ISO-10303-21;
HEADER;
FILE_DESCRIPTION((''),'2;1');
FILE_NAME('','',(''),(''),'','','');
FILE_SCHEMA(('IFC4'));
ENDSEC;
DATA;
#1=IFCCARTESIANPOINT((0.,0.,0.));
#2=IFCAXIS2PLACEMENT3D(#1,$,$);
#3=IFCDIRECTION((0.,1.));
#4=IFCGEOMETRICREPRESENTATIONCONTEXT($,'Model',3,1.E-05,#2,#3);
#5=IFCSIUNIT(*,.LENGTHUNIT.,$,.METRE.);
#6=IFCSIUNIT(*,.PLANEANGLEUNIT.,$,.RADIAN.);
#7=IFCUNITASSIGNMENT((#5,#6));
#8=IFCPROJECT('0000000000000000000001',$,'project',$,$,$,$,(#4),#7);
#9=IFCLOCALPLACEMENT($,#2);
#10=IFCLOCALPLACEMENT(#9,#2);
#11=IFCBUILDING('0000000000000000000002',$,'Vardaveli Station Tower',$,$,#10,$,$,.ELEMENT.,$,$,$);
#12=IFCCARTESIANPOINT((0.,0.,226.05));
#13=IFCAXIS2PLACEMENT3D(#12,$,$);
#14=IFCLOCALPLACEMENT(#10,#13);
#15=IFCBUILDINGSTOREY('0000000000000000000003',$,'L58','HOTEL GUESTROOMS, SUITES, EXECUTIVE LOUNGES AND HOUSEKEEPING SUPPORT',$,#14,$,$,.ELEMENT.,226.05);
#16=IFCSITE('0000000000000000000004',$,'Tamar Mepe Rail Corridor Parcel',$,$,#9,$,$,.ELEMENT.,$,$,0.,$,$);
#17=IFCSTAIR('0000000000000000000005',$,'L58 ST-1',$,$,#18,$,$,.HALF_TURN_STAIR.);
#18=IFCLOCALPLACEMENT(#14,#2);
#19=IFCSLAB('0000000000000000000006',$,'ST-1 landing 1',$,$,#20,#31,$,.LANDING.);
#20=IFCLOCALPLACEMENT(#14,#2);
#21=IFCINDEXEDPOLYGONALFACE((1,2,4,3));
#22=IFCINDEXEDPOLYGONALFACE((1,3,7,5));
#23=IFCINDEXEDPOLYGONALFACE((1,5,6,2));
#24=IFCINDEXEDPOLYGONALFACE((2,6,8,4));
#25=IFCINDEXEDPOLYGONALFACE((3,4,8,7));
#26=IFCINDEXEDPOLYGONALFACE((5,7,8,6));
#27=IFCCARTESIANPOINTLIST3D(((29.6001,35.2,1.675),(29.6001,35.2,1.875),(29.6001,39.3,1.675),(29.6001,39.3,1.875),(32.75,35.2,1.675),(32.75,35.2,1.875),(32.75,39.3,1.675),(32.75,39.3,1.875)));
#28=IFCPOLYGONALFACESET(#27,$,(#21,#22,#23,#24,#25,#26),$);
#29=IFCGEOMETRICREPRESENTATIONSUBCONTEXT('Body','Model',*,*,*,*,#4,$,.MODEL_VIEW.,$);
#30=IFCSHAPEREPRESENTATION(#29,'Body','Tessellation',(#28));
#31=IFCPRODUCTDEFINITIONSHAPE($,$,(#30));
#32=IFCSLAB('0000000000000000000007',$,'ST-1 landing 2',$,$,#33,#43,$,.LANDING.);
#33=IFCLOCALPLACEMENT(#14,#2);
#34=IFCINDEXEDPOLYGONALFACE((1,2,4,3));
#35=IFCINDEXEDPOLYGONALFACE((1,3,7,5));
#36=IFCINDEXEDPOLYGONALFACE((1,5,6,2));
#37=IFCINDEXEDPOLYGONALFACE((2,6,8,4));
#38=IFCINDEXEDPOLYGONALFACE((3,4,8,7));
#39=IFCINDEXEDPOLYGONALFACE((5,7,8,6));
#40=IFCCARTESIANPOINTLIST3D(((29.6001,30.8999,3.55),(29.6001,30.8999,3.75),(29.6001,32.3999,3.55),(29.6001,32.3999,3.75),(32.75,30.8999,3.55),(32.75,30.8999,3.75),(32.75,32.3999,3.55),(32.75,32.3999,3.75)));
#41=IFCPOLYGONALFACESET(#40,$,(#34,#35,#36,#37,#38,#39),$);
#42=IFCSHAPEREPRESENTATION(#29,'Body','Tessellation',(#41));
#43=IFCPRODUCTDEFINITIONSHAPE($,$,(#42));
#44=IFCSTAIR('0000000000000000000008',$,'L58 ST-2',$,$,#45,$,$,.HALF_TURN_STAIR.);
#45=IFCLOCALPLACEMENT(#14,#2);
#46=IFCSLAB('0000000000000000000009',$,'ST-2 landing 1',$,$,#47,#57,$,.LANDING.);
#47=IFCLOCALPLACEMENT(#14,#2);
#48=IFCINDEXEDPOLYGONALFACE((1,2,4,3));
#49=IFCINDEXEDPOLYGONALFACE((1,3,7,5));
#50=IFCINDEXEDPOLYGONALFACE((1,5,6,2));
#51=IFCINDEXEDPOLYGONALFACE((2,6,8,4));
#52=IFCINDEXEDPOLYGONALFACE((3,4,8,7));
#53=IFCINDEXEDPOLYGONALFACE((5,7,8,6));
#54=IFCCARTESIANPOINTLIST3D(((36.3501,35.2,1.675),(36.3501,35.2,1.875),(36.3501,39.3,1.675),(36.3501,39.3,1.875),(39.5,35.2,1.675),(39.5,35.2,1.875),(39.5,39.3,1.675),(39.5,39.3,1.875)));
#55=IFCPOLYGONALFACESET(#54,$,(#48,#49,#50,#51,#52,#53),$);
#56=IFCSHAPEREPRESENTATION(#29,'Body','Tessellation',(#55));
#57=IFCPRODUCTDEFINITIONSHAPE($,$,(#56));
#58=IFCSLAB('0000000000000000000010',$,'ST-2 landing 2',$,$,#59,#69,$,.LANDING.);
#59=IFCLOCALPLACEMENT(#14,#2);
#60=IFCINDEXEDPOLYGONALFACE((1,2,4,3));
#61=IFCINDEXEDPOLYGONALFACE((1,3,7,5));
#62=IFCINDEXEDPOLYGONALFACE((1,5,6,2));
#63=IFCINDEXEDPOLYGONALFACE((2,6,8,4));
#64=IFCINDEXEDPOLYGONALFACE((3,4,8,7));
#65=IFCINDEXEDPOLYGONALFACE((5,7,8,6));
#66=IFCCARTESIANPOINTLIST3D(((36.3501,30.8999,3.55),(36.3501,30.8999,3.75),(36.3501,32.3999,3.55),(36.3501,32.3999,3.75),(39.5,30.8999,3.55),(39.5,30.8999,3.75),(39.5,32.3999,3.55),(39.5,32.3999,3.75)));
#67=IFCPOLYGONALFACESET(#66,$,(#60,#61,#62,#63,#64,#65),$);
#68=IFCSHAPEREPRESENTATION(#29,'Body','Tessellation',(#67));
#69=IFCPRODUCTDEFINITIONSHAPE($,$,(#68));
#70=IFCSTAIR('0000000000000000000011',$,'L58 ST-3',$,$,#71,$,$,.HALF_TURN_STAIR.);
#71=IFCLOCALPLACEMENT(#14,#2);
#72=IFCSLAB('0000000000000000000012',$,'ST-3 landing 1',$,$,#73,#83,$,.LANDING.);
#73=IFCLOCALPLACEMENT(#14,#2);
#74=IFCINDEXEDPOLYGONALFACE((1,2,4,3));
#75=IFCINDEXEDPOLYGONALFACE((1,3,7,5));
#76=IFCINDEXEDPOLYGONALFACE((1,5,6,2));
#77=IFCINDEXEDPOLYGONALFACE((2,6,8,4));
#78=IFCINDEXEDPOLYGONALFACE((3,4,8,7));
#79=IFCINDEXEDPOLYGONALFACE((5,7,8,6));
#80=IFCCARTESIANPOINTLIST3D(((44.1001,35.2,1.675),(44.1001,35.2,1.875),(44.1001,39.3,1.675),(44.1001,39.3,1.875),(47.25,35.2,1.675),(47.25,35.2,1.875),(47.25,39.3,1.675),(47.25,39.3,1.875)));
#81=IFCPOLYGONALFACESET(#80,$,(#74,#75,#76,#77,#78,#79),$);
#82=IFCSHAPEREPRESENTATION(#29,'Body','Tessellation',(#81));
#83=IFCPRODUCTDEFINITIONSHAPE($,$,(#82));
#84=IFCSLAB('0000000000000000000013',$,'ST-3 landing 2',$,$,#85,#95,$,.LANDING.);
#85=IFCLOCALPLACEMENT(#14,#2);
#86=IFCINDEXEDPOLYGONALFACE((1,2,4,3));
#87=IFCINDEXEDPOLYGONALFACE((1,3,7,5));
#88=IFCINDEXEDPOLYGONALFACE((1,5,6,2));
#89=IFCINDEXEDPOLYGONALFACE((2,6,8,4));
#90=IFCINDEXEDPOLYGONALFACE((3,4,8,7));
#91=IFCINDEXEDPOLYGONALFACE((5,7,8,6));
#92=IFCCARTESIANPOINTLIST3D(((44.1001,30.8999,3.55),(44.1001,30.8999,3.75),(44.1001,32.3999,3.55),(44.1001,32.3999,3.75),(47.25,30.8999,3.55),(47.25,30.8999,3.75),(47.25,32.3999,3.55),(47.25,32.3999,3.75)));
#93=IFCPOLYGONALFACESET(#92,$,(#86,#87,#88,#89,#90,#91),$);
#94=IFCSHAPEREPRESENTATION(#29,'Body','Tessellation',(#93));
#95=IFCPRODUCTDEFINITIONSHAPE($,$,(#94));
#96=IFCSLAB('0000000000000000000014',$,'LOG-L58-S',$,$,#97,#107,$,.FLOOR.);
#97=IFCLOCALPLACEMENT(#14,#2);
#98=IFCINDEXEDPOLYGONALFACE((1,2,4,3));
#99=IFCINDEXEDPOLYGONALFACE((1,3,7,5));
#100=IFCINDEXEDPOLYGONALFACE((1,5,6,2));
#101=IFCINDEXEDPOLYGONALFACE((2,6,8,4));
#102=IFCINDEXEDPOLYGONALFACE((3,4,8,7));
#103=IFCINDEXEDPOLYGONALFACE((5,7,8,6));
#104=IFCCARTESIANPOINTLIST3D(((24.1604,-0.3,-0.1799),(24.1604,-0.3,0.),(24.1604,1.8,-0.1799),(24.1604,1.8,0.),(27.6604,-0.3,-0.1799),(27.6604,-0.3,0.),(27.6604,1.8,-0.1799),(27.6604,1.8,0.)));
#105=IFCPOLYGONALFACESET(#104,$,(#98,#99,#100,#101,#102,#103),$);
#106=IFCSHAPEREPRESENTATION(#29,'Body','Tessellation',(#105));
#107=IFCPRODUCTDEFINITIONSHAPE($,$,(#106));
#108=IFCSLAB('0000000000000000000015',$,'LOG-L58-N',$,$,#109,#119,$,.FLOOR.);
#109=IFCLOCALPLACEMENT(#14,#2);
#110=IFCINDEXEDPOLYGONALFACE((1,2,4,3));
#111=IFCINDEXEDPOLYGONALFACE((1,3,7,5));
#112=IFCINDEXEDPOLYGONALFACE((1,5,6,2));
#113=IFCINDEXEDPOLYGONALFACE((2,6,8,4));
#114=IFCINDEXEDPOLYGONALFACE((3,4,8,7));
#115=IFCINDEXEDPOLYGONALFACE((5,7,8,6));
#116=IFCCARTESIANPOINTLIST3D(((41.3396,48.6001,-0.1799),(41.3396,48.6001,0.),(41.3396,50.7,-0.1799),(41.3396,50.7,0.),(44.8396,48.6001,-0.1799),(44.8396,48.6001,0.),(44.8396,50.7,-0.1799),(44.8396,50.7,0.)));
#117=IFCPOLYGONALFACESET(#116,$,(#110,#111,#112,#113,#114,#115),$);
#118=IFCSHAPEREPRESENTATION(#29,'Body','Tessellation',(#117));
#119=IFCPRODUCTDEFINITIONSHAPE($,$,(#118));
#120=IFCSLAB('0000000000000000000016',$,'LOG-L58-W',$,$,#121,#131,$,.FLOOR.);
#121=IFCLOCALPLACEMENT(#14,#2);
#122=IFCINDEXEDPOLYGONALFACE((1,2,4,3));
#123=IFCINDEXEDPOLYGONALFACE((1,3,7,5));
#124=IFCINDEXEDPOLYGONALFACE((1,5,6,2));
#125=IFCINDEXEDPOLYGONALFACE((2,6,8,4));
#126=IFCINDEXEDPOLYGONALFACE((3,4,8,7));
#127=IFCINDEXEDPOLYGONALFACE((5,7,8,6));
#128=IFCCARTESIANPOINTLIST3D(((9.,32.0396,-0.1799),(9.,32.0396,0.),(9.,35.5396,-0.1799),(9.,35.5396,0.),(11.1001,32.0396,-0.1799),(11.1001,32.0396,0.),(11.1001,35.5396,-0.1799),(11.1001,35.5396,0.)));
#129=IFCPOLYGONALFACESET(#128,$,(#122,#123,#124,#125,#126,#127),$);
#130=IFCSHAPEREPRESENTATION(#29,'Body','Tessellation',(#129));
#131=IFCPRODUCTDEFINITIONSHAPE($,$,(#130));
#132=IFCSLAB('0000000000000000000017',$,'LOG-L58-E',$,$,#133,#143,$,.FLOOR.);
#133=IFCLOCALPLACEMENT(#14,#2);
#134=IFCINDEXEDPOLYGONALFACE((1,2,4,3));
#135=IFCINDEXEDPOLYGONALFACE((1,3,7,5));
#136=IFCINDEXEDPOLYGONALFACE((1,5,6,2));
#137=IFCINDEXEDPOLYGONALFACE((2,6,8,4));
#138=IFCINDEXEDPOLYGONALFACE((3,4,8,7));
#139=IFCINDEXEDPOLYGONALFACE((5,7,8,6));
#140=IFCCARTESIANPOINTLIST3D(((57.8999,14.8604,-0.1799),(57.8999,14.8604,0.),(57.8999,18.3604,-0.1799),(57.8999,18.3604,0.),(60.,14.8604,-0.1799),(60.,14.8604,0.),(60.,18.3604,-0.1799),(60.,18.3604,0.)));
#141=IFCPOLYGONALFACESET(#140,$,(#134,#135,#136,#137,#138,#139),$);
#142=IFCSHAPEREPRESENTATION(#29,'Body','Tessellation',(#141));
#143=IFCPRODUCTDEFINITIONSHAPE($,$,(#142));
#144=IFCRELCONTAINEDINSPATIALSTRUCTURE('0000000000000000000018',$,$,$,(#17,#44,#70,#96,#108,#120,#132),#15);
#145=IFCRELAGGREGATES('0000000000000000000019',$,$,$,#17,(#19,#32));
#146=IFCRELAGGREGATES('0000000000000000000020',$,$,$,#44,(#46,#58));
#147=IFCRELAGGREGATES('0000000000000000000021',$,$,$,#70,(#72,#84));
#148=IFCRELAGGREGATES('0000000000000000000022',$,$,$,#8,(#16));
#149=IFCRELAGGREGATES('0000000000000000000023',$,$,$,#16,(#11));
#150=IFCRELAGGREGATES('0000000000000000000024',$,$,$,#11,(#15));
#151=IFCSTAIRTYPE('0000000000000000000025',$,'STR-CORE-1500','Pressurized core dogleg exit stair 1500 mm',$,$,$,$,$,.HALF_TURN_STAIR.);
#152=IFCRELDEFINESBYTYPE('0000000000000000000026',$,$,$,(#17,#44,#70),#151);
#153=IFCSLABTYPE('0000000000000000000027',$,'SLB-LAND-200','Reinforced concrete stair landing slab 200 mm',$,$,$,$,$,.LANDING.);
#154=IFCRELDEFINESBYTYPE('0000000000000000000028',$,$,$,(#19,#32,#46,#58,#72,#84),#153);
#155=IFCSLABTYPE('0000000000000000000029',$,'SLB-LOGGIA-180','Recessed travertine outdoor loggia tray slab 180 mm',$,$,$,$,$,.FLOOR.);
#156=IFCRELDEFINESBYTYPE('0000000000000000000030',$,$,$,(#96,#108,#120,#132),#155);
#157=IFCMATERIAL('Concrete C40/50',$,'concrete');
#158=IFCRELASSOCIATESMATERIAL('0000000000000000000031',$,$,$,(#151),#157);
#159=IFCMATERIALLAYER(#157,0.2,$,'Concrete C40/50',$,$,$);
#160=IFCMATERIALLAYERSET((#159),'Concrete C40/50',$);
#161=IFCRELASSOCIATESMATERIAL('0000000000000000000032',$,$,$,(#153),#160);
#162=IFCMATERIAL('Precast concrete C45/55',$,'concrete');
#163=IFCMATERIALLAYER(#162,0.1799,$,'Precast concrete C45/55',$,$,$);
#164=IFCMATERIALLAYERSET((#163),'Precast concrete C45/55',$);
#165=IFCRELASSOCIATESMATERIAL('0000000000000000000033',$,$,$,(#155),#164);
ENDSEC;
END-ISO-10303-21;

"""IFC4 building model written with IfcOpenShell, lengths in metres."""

from ifc_helpers import new_model, si_unit, direction, frame, origin, place, context, subcontext, project, spatial, polyline, outline, extrude, material, layer, layer_set, type_object, element, aggregate, save


model = new_model("IFC4")

# Units and contexts
model_context = context("Model", 3, precision=1e-05, world=origin(), true_north=direction((0.0, 1.0)))
body_context = subcontext(model_context, "Body", "Model", "MODEL_VIEW")
ifc_project = project(units=[si_unit("LENGTHUNIT", "METRE"), si_unit("PLANEANGLEUNIT", "RADIAN")], contexts=[model_context])

# Site, building, storey
site_placement = place(None, origin())
site = spatial("IfcSite", under=ifc_project, at=site_placement, Name="Tamar Mepe Rail Corridor Parcel", CompositionType="ELEMENT", RefElevation=0.0)
building_placement = place(site_placement, origin())
building = spatial("IfcBuilding", under=site, at=building_placement, Name="Vardaveli Station Tower", CompositionType="ELEMENT")
storey_placement = place(building_placement, frame((0.0, 0.0, 226.05)))
storey = spatial("IfcBuildingStorey", under=building, at=storey_placement, Name="L58", Description="HOTEL GUESTROOMS, SUITES, EXECUTIVE LOUNGES AND HOUSEKEEPING SUPPORT", CompositionType="ELEMENT", Elevation=226.05)

# Stairs, slabs
ifc_material_1 = material(Name="Concrete C40/50", Category="concrete")
stair_type = type_object("IfcStairType", Name="STR-CORE-1500", Description="Pressurized core dogleg exit stair 1500 mm", PredefinedType="HALF_TURN_STAIR", material=ifc_material_1)
stair_1_placement = place(storey_placement, origin())
stair_1 = element("IfcStair", 1, at=stair_1_placement, inside=storey, type_object=stair_type, Name="L58 ST-1", PredefinedType="HALF_TURN_STAIR")
ifc_layer_1 = layer(ifc_material_1, 0.2, Name="Concrete C40/50")
ifc_layer_set_1 = layer_set([ifc_layer_1], Name="Concrete C40/50")
slab_type_1 = type_object("IfcSlabType", Name="SLB-LAND-200", Description="Reinforced concrete stair landing slab 200 mm", PredefinedType="LANDING", material=ifc_layer_set_1)
slab_1_placement = place(storey_placement, frame((0.0, 0.0, 1.675)))
slab_1 = element("IfcSlab", 2, at=slab_1_placement, type_object=slab_type_1, Name="ST-1 landing 1", PredefinedType="LANDING", context=body_context, shape_type="SweptSolid", body=[
    extrude(outline(polyline([(32.75, 35.2), (32.75, 39.3), (29.6001, 39.3), (29.6001, 35.2), (32.75, 35.2)])), origin(), (0.0, 0.0, 1.0), 0.2),
])
slab_2_placement = place(storey_placement, frame((0.0, 0.0, 3.55)))
slab_2 = element("IfcSlab", 3, at=slab_2_placement, type_object=slab_type_1, Name="ST-1 landing 2", PredefinedType="LANDING", context=body_context, shape_type="SweptSolid", body=[
    extrude(outline(polyline([(32.75, 30.8999), (32.75, 32.3999), (29.6001, 32.3999), (29.6001, 30.8999), (32.75, 30.8999)])), origin(), (0.0, 0.0, 1.0), 0.2),
])
aggregate(stair_1, [slab_1, slab_2])
stair_2_placement = place(storey_placement, origin())
stair_2 = element("IfcStair", 4, at=stair_2_placement, inside=storey, type_object=stair_type, Name="L58 ST-2", PredefinedType="HALF_TURN_STAIR")
slab_3_placement = place(storey_placement, frame((0.0, 0.0, 1.675)))
slab_3 = element("IfcSlab", 5, at=slab_3_placement, type_object=slab_type_1, Name="ST-2 landing 1", PredefinedType="LANDING", context=body_context, shape_type="SweptSolid", body=[
    extrude(outline(polyline([(39.5, 35.2), (39.5, 39.3), (36.3501, 39.3), (36.3501, 35.2), (39.5, 35.2)])), origin(), (0.0, 0.0, 1.0), 0.2),
])
slab_4_placement = place(storey_placement, frame((0.0, 0.0, 3.55)))
slab_4 = element("IfcSlab", 6, at=slab_4_placement, type_object=slab_type_1, Name="ST-2 landing 2", PredefinedType="LANDING", context=body_context, shape_type="SweptSolid", body=[
    extrude(outline(polyline([(39.5, 30.8999), (39.5, 32.3999), (36.3501, 32.3999), (36.3501, 30.8999), (39.5, 30.8999)])), origin(), (0.0, 0.0, 1.0), 0.2),
])
aggregate(stair_2, [slab_3, slab_4])
stair_3_placement = place(storey_placement, origin())
stair_3 = element("IfcStair", 7, at=stair_3_placement, inside=storey, type_object=stair_type, Name="L58 ST-3", PredefinedType="HALF_TURN_STAIR")
slab_5_placement = place(storey_placement, frame((0.0, 0.0, 1.675)))
slab_5 = element("IfcSlab", 8, at=slab_5_placement, type_object=slab_type_1, Name="ST-3 landing 1", PredefinedType="LANDING", context=body_context, shape_type="SweptSolid", body=[
    extrude(outline(polyline([(47.25, 35.2), (47.25, 39.3), (44.1001, 39.3), (44.1001, 35.2), (47.25, 35.2)])), origin(), (0.0, 0.0, 1.0), 0.2),
])
slab_6_placement = place(storey_placement, frame((0.0, 0.0, 3.55)))
slab_6 = element("IfcSlab", 9, at=slab_6_placement, type_object=slab_type_1, Name="ST-3 landing 2", PredefinedType="LANDING", context=body_context, shape_type="SweptSolid", body=[
    extrude(outline(polyline([(47.25, 30.8999), (47.25, 32.3999), (44.1001, 32.3999), (44.1001, 30.8999), (47.25, 30.8999)])), origin(), (0.0, 0.0, 1.0), 0.2),
])
aggregate(stair_3, [slab_5, slab_6])

# Slabs
ifc_material_2 = material(Name="Precast concrete C45/55", Category="concrete")
ifc_layer_2 = layer(ifc_material_2, 0.1799, Name="Precast concrete C45/55")
ifc_layer_set_2 = layer_set([ifc_layer_2], Name="Precast concrete C45/55")
slab_type_2 = type_object("IfcSlabType", Name="SLB-LOGGIA-180", Description="Recessed travertine outdoor loggia tray slab 180 mm", PredefinedType="FLOOR", material=ifc_layer_set_2)
slab_7_placement = place(storey_placement, frame((0.0, 0.0, -0.1799)))
element("IfcSlab", 10, at=slab_7_placement, inside=storey, type_object=slab_type_2, Name="LOG-L58-S", PredefinedType="FLOOR", context=body_context, shape_type="SweptSolid", body=[
    extrude(outline(polyline([(24.1604, -0.3), (27.6604, -0.3), (27.6604, 1.8), (24.1604, 1.8), (24.1604, -0.3)])), origin(), (0.0, 0.0, 1.0), 0.1799),
])
slab_8_placement = place(storey_placement, frame((0.0, 0.0, -0.1799)))
element("IfcSlab", 11, at=slab_8_placement, inside=storey, type_object=slab_type_2, Name="LOG-L58-N", PredefinedType="FLOOR", context=body_context, shape_type="SweptSolid", body=[
    extrude(outline(polyline([(41.3396, 48.6001), (44.8396, 48.6001), (44.8396, 50.7), (41.3396, 50.7), (41.3396, 48.6001)])), origin(), (0.0, 0.0, 1.0), 0.1799),
])
slab_9_placement = place(storey_placement, frame((0.0, 0.0, -0.1799)))
element("IfcSlab", 12, at=slab_9_placement, inside=storey, type_object=slab_type_2, Name="LOG-L58-W", PredefinedType="FLOOR", context=body_context, shape_type="SweptSolid", body=[
    extrude(outline(polyline([(9.0, 32.0396), (11.1001, 32.0396), (11.1001, 35.5396), (9.0, 35.5396), (9.0, 32.0396)])), origin(), (0.0, 0.0, 1.0), 0.1799),
])
slab_10_placement = place(storey_placement, frame((0.0, 0.0, -0.1799)))
element("IfcSlab", 13, at=slab_10_placement, inside=storey, type_object=slab_type_2, Name="LOG-L58-E", PredefinedType="FLOOR", context=body_context, shape_type="SweptSolid", body=[
    extrude(outline(polyline([(57.8999, 14.8604), (60.0, 14.8604), (60.0, 18.3604), (57.8999, 18.3604), (57.8999, 14.8604)])), origin(), (0.0, 0.0, 1.0), 0.1799),
])

save(model, "model.ifc")
